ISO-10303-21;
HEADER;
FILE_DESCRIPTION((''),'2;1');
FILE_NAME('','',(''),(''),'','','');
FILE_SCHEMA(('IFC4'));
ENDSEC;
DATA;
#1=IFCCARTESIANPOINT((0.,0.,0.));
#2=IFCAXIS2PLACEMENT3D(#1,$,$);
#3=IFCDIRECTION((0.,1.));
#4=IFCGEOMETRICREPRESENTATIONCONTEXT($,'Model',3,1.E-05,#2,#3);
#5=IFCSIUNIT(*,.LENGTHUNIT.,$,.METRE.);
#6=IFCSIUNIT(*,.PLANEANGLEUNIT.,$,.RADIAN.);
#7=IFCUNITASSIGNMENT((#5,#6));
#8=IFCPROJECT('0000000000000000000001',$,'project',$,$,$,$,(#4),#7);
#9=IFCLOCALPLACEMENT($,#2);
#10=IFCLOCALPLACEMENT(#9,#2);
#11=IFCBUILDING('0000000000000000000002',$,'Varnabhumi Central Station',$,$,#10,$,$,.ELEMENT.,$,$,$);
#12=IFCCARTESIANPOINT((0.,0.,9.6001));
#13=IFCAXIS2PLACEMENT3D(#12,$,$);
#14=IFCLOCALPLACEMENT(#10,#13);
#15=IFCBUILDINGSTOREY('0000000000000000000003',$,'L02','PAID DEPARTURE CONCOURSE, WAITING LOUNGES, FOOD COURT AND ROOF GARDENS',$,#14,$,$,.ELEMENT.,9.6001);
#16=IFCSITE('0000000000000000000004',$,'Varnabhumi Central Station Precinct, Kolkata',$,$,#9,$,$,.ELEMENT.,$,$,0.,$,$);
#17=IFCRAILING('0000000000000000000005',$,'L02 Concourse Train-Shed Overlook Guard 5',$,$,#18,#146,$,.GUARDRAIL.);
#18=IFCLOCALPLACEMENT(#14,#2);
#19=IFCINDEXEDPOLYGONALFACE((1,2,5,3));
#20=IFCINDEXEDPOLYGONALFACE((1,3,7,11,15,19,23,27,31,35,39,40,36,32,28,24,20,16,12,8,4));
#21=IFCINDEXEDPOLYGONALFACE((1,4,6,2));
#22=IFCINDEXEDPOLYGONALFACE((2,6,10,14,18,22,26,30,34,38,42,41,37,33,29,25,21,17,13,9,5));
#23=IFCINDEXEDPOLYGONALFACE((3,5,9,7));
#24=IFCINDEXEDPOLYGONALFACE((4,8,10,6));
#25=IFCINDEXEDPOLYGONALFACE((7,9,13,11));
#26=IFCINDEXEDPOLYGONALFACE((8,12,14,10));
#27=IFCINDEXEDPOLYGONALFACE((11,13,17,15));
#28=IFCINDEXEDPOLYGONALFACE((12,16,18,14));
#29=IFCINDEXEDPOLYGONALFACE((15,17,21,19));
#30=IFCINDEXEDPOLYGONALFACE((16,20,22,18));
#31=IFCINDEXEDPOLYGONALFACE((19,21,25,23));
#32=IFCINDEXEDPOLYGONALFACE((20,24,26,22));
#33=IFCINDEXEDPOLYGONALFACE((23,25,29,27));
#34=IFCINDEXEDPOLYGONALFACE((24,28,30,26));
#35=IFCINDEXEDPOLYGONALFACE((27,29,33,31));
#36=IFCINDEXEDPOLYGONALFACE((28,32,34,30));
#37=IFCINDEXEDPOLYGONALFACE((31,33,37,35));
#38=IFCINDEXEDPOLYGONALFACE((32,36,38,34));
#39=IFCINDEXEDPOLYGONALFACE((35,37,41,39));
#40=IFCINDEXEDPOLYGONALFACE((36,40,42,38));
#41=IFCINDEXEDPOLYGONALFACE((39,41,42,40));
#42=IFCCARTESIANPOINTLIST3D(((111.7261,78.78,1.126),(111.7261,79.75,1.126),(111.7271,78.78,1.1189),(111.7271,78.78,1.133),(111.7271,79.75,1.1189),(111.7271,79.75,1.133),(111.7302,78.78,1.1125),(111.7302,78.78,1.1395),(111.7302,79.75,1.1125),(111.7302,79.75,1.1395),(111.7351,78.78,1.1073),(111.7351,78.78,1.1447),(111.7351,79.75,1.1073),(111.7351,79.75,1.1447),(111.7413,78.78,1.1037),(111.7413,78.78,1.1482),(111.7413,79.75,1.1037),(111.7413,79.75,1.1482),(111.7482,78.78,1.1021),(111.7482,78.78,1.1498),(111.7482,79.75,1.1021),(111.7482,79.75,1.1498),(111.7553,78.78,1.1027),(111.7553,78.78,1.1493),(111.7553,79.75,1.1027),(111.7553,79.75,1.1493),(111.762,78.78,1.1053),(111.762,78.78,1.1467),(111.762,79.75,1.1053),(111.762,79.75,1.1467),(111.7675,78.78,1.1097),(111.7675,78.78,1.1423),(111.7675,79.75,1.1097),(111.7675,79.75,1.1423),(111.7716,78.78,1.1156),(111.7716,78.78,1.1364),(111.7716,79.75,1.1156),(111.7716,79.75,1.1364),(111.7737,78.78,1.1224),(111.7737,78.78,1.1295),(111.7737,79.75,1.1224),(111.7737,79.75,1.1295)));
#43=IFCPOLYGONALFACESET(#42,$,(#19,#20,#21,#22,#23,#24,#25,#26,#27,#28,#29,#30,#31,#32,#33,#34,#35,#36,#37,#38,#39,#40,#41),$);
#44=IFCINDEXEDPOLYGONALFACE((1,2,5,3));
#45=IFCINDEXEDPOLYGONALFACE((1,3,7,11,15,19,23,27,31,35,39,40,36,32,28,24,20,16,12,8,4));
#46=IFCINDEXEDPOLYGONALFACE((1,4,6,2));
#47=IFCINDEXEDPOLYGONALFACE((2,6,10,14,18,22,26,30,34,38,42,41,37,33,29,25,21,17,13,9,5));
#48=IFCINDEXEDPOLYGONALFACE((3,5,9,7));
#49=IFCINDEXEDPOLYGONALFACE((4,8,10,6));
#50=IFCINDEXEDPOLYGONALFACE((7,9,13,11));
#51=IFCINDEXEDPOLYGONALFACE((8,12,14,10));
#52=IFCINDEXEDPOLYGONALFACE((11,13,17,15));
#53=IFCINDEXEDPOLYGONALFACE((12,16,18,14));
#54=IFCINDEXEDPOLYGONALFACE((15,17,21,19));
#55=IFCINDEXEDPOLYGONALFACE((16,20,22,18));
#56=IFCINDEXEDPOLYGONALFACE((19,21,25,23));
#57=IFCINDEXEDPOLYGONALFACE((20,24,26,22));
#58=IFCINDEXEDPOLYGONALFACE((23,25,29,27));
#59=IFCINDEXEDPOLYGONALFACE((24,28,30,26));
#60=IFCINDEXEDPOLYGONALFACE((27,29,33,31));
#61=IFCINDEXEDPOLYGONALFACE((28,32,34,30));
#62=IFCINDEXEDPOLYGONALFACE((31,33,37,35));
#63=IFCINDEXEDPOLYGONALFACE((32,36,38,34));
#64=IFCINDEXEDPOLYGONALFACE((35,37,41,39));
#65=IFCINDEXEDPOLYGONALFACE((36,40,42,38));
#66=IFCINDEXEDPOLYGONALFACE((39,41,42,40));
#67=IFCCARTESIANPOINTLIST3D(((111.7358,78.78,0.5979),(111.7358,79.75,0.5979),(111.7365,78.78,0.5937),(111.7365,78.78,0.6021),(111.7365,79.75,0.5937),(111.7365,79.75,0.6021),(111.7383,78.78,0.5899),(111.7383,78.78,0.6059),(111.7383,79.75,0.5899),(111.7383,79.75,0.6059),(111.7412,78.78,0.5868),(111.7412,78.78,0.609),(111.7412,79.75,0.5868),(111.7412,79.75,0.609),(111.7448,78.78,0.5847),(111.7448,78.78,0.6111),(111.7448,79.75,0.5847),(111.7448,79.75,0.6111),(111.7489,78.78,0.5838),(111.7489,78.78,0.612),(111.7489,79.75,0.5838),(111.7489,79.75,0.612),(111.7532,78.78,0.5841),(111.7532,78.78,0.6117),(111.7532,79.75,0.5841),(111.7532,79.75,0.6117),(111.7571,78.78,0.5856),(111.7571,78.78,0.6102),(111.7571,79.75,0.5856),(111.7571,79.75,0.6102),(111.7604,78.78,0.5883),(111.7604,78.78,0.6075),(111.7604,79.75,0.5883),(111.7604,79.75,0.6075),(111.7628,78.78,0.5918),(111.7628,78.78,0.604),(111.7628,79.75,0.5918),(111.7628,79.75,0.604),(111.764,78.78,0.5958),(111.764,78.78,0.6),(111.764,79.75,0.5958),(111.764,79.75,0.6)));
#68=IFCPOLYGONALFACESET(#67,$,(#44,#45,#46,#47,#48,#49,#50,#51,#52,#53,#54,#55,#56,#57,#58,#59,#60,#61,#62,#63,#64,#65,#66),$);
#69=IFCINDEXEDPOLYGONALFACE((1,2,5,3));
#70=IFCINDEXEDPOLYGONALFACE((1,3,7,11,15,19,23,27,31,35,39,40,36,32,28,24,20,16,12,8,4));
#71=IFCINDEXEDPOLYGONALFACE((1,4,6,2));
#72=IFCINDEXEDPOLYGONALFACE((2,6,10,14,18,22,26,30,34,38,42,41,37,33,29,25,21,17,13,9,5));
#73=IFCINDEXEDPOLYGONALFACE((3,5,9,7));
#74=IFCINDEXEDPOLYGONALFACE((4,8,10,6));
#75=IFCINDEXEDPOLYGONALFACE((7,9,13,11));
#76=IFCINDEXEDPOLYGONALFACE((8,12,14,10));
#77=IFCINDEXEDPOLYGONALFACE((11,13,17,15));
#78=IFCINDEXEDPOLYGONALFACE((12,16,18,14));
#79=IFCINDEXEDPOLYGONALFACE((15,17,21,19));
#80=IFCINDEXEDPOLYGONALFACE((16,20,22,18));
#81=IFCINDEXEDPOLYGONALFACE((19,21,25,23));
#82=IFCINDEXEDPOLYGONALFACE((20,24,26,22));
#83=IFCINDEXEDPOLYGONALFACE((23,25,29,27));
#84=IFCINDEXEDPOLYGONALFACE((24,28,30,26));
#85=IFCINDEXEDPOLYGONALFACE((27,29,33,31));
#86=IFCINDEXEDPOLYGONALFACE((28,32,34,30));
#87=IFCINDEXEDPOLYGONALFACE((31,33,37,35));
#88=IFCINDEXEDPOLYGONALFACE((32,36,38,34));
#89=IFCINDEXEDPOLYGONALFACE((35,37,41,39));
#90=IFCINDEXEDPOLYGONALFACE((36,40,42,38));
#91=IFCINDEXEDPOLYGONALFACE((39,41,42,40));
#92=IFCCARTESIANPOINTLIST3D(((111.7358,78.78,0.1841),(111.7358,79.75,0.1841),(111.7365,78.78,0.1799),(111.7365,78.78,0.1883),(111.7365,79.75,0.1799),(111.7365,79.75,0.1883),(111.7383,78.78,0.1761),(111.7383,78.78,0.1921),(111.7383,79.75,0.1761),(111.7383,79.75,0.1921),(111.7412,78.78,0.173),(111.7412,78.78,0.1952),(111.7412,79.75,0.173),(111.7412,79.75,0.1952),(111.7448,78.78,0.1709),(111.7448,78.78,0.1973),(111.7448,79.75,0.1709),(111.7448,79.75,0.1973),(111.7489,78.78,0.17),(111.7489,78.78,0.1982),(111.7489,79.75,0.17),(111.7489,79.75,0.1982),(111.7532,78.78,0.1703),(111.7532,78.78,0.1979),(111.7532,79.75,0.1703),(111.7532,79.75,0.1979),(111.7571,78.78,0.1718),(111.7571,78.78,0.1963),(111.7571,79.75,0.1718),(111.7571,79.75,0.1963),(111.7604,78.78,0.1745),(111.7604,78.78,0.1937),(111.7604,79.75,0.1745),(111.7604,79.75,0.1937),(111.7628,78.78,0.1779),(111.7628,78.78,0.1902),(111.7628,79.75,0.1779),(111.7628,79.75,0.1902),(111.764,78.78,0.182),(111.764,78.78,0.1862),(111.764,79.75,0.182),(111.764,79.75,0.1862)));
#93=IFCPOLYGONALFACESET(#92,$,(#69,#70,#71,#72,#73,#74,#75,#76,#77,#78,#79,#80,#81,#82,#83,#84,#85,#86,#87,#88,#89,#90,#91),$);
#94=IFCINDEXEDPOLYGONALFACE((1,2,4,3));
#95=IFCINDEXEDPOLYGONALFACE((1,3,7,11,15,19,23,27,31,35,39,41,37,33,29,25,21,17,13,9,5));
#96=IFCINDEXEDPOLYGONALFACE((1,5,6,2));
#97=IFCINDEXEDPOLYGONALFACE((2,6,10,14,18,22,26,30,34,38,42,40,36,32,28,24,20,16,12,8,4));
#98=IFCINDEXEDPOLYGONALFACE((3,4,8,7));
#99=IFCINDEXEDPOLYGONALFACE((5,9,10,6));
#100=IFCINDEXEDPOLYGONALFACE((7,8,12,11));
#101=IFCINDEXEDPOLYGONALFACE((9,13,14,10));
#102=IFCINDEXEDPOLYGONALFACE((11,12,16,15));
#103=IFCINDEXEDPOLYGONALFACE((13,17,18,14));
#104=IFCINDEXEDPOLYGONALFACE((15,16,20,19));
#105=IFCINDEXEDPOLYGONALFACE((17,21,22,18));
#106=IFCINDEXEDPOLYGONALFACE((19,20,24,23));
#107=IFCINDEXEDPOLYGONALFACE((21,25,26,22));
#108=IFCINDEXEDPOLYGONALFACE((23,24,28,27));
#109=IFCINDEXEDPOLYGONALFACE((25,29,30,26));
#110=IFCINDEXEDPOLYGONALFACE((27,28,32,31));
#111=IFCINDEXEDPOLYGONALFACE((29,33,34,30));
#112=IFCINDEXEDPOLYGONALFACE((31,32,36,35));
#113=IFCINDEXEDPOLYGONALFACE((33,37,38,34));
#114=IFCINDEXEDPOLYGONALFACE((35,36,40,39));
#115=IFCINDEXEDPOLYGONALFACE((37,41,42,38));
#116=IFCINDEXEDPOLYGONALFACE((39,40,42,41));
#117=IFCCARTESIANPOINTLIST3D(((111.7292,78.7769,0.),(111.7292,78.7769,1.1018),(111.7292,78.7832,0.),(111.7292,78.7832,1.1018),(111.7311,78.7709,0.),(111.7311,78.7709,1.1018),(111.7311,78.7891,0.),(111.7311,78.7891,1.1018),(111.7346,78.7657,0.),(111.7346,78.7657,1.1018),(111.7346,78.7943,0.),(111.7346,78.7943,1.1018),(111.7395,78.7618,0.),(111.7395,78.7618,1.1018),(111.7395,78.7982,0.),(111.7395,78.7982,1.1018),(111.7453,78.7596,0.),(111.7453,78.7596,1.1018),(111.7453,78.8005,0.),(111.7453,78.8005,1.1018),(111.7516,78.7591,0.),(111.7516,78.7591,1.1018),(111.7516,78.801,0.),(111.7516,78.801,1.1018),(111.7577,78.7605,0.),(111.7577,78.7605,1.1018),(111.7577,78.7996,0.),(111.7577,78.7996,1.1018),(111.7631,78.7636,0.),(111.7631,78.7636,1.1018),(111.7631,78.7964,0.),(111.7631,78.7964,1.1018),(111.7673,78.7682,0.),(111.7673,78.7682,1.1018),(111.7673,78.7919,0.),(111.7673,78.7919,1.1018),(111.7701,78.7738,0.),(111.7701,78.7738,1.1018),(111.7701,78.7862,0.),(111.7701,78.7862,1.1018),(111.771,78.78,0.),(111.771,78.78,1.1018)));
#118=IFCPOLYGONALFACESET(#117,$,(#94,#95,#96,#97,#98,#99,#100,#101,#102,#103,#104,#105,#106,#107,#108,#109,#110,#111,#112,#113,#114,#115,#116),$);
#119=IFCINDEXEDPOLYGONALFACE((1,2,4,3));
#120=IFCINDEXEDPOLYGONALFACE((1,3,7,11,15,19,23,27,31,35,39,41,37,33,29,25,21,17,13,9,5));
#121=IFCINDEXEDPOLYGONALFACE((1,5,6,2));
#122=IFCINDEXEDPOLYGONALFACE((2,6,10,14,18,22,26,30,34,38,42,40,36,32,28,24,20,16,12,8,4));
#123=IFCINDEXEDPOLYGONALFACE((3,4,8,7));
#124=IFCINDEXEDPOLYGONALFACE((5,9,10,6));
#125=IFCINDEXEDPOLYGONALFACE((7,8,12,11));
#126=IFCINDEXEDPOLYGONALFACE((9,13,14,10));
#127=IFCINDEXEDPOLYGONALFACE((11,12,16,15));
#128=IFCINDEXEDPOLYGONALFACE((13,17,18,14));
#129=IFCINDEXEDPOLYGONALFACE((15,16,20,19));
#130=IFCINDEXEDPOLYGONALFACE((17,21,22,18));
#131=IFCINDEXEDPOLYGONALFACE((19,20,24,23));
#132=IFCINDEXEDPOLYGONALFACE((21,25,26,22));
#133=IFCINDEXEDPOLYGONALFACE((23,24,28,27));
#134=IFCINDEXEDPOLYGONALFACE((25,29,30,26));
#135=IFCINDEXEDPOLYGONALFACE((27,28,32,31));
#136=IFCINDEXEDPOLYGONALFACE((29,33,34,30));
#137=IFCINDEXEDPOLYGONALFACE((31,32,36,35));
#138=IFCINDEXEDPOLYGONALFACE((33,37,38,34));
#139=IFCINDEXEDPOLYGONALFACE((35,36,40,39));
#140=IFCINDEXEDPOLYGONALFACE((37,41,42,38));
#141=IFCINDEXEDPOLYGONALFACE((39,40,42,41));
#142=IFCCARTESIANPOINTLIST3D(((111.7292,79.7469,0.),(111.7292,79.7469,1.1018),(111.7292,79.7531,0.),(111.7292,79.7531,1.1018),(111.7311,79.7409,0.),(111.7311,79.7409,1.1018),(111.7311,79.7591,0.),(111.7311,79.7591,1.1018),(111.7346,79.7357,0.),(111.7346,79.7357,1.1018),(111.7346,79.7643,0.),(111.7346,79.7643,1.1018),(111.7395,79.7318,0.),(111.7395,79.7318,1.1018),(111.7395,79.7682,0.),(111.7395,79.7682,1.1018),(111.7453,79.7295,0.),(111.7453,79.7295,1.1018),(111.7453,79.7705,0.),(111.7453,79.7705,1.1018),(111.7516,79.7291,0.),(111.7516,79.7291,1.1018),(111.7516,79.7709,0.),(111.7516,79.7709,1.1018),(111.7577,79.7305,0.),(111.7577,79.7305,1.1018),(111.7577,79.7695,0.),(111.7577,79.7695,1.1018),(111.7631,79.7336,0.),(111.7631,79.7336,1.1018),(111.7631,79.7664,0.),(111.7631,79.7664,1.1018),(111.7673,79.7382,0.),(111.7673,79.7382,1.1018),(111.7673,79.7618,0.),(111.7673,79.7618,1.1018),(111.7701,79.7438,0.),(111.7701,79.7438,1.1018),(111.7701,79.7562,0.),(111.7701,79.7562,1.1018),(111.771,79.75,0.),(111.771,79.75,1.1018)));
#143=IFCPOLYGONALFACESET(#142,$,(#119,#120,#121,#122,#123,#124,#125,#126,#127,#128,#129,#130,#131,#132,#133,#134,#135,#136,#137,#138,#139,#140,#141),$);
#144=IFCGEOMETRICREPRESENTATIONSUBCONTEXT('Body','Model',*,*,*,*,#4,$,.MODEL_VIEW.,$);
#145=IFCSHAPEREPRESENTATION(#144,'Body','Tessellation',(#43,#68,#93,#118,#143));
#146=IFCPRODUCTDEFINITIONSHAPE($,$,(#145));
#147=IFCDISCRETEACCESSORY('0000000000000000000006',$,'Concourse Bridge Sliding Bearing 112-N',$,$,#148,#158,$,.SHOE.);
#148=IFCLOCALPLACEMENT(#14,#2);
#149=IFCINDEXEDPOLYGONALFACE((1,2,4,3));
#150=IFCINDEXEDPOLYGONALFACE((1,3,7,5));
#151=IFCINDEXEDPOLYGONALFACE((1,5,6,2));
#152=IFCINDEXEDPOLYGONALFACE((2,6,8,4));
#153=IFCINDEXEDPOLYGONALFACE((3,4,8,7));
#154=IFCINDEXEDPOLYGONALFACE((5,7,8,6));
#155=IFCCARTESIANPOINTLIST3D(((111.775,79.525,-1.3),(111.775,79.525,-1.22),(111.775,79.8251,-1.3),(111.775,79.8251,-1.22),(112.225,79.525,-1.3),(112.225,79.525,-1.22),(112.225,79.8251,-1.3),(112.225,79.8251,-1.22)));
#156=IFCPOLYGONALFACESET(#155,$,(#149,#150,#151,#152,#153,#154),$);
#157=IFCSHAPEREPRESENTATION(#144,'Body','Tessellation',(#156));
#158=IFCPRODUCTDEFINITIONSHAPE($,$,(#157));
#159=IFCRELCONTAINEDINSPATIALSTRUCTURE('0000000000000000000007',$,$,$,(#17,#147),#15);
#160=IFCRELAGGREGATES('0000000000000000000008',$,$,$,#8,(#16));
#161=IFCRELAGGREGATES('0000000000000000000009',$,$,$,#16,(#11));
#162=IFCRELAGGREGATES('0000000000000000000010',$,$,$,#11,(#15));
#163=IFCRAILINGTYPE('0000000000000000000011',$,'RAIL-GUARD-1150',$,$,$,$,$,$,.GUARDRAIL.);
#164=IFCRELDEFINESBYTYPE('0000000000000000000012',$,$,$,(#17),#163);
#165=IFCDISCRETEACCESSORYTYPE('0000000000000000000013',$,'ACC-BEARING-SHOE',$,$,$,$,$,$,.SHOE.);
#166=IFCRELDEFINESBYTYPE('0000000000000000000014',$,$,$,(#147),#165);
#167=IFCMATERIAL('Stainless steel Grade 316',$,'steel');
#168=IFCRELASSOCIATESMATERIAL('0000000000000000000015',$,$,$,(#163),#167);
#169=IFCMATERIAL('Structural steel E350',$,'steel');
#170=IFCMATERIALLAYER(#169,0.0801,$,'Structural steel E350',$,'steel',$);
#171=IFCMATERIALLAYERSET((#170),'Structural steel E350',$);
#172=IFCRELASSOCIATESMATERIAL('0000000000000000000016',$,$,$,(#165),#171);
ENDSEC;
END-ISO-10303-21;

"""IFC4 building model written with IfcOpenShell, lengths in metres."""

from ifc_helpers import new_model, si_unit, direction, frame, origin, origin_2d, place, context, subcontext, project, spatial, rectangle, circle, extrude, material, layer, layer_set, type_object, element, save


model = new_model("IFC4")

# Units and contexts
model_context = context("Model", 3, precision=1e-05, world=origin(), true_north=direction((0.0, 1.0)))
body_context = subcontext(model_context, "Body", "Model", "MODEL_VIEW")
ifc_project = project(units=[si_unit("LENGTHUNIT", "METRE"), si_unit("PLANEANGLEUNIT", "RADIAN")], contexts=[model_context])

# Site, building, storey
site_placement = place(None, origin())
site = spatial("IfcSite", under=ifc_project, at=site_placement, Name="Varnabhumi Central Station Precinct, Kolkata", CompositionType="ELEMENT", RefElevation=0.0)
building_placement = place(site_placement, origin())
building = spatial("IfcBuilding", under=site, at=building_placement, Name="Varnabhumi Central Station", CompositionType="ELEMENT")
storey_placement = place(building_placement, frame((0.0, 0.0, 9.6001)))
storey = spatial("IfcBuildingStorey", under=building, at=storey_placement, Name="L02", Description="PAID DEPARTURE CONCOURSE, WAITING LOUNGES, FOOD COURT AND ROOF GARDENS", CompositionType="ELEMENT", Elevation=9.6001)

# Shared definitions
ifc_material_1 = material(Name="Structural steel E350", Category="steel")

# Railing
ifc_material_2 = material(Name="Stainless steel Grade 316", Category="steel")
railing_type = type_object("IfcRailingType", Name="RAIL-GUARD-1150", PredefinedType="GUARDRAIL", material=ifc_material_2)
railing_1_placement = place(storey_placement, frame((111.75, 78.78, 0.0)))
element("IfcRailing", 1, at=railing_1_placement, inside=storey, type_object=railing_type, Name="L02 Concourse Train-Shed Overlook Guard 5", PredefinedType="GUARDRAIL", context=body_context, shape_type="SweptSolid", body=[
    extrude(circle(Radius=0.0239, at=origin_2d()), frame((0.0, 0.0, 1.126), z_axis=(0.0, 1.0, 0.0), x_axis=(-1.0, 0.0, 0.0)), (0.0, 0.0, 1.0), 0.97),
    extrude(circle(Radius=0.0142, at=origin_2d()), frame((0.0, 0.0, 0.5979), z_axis=(0.0, 1.0, 0.0), x_axis=(-1.0, 0.0, 0.0)), (0.0, 0.0, 1.0), 0.97),
    extrude(circle(Radius=0.0142, at=origin_2d()), frame((0.0, 0.0, 0.1841), z_axis=(0.0, 1.0, 0.0), x_axis=(-1.0, 0.0, 0.0)), (0.0, 0.0, 1.0), 0.97),
    extrude(circle(Radius=0.021, at=origin_2d()), origin(), (0.0, 0.0, 1.0), 1.1018),
    extrude(circle(Radius=0.021, at=origin_2d()), frame((0.0, 0.97, 0.0)), (0.0, 0.0, 1.0), 1.1018),
])

# Discrete accessory
ifc_layer_1 = layer(ifc_material_1, 0.0801, Name="Structural steel E350", Category="steel")
ifc_layer_set_1 = layer_set([ifc_layer_1], Name="Structural steel E350")
discrete_accessory_type = type_object("IfcDiscreteAccessoryType", Name="ACC-BEARING-SHOE", PredefinedType="SHOE", material=ifc_layer_set_1)
discrete_accessory_placement = place(storey_placement, frame((112.0, 79.675, -1.3), z_axis=(0.0, 0.0, 1.0), x_axis=(1.0, 0.0, 0.0)))
element("IfcDiscreteAccessory", 2, at=discrete_accessory_placement, inside=storey, type_object=discrete_accessory_type, Name="Concourse Bridge Sliding Bearing 112-N", PredefinedType="SHOE", context=body_context, shape_type="SweptSolid", body=[
    extrude(rectangle(XDim=0.45, YDim=0.3, at=origin_2d()), origin(), (0.0, 0.0, 1.0), 0.0801),
])

save(model, "model.ifc")
